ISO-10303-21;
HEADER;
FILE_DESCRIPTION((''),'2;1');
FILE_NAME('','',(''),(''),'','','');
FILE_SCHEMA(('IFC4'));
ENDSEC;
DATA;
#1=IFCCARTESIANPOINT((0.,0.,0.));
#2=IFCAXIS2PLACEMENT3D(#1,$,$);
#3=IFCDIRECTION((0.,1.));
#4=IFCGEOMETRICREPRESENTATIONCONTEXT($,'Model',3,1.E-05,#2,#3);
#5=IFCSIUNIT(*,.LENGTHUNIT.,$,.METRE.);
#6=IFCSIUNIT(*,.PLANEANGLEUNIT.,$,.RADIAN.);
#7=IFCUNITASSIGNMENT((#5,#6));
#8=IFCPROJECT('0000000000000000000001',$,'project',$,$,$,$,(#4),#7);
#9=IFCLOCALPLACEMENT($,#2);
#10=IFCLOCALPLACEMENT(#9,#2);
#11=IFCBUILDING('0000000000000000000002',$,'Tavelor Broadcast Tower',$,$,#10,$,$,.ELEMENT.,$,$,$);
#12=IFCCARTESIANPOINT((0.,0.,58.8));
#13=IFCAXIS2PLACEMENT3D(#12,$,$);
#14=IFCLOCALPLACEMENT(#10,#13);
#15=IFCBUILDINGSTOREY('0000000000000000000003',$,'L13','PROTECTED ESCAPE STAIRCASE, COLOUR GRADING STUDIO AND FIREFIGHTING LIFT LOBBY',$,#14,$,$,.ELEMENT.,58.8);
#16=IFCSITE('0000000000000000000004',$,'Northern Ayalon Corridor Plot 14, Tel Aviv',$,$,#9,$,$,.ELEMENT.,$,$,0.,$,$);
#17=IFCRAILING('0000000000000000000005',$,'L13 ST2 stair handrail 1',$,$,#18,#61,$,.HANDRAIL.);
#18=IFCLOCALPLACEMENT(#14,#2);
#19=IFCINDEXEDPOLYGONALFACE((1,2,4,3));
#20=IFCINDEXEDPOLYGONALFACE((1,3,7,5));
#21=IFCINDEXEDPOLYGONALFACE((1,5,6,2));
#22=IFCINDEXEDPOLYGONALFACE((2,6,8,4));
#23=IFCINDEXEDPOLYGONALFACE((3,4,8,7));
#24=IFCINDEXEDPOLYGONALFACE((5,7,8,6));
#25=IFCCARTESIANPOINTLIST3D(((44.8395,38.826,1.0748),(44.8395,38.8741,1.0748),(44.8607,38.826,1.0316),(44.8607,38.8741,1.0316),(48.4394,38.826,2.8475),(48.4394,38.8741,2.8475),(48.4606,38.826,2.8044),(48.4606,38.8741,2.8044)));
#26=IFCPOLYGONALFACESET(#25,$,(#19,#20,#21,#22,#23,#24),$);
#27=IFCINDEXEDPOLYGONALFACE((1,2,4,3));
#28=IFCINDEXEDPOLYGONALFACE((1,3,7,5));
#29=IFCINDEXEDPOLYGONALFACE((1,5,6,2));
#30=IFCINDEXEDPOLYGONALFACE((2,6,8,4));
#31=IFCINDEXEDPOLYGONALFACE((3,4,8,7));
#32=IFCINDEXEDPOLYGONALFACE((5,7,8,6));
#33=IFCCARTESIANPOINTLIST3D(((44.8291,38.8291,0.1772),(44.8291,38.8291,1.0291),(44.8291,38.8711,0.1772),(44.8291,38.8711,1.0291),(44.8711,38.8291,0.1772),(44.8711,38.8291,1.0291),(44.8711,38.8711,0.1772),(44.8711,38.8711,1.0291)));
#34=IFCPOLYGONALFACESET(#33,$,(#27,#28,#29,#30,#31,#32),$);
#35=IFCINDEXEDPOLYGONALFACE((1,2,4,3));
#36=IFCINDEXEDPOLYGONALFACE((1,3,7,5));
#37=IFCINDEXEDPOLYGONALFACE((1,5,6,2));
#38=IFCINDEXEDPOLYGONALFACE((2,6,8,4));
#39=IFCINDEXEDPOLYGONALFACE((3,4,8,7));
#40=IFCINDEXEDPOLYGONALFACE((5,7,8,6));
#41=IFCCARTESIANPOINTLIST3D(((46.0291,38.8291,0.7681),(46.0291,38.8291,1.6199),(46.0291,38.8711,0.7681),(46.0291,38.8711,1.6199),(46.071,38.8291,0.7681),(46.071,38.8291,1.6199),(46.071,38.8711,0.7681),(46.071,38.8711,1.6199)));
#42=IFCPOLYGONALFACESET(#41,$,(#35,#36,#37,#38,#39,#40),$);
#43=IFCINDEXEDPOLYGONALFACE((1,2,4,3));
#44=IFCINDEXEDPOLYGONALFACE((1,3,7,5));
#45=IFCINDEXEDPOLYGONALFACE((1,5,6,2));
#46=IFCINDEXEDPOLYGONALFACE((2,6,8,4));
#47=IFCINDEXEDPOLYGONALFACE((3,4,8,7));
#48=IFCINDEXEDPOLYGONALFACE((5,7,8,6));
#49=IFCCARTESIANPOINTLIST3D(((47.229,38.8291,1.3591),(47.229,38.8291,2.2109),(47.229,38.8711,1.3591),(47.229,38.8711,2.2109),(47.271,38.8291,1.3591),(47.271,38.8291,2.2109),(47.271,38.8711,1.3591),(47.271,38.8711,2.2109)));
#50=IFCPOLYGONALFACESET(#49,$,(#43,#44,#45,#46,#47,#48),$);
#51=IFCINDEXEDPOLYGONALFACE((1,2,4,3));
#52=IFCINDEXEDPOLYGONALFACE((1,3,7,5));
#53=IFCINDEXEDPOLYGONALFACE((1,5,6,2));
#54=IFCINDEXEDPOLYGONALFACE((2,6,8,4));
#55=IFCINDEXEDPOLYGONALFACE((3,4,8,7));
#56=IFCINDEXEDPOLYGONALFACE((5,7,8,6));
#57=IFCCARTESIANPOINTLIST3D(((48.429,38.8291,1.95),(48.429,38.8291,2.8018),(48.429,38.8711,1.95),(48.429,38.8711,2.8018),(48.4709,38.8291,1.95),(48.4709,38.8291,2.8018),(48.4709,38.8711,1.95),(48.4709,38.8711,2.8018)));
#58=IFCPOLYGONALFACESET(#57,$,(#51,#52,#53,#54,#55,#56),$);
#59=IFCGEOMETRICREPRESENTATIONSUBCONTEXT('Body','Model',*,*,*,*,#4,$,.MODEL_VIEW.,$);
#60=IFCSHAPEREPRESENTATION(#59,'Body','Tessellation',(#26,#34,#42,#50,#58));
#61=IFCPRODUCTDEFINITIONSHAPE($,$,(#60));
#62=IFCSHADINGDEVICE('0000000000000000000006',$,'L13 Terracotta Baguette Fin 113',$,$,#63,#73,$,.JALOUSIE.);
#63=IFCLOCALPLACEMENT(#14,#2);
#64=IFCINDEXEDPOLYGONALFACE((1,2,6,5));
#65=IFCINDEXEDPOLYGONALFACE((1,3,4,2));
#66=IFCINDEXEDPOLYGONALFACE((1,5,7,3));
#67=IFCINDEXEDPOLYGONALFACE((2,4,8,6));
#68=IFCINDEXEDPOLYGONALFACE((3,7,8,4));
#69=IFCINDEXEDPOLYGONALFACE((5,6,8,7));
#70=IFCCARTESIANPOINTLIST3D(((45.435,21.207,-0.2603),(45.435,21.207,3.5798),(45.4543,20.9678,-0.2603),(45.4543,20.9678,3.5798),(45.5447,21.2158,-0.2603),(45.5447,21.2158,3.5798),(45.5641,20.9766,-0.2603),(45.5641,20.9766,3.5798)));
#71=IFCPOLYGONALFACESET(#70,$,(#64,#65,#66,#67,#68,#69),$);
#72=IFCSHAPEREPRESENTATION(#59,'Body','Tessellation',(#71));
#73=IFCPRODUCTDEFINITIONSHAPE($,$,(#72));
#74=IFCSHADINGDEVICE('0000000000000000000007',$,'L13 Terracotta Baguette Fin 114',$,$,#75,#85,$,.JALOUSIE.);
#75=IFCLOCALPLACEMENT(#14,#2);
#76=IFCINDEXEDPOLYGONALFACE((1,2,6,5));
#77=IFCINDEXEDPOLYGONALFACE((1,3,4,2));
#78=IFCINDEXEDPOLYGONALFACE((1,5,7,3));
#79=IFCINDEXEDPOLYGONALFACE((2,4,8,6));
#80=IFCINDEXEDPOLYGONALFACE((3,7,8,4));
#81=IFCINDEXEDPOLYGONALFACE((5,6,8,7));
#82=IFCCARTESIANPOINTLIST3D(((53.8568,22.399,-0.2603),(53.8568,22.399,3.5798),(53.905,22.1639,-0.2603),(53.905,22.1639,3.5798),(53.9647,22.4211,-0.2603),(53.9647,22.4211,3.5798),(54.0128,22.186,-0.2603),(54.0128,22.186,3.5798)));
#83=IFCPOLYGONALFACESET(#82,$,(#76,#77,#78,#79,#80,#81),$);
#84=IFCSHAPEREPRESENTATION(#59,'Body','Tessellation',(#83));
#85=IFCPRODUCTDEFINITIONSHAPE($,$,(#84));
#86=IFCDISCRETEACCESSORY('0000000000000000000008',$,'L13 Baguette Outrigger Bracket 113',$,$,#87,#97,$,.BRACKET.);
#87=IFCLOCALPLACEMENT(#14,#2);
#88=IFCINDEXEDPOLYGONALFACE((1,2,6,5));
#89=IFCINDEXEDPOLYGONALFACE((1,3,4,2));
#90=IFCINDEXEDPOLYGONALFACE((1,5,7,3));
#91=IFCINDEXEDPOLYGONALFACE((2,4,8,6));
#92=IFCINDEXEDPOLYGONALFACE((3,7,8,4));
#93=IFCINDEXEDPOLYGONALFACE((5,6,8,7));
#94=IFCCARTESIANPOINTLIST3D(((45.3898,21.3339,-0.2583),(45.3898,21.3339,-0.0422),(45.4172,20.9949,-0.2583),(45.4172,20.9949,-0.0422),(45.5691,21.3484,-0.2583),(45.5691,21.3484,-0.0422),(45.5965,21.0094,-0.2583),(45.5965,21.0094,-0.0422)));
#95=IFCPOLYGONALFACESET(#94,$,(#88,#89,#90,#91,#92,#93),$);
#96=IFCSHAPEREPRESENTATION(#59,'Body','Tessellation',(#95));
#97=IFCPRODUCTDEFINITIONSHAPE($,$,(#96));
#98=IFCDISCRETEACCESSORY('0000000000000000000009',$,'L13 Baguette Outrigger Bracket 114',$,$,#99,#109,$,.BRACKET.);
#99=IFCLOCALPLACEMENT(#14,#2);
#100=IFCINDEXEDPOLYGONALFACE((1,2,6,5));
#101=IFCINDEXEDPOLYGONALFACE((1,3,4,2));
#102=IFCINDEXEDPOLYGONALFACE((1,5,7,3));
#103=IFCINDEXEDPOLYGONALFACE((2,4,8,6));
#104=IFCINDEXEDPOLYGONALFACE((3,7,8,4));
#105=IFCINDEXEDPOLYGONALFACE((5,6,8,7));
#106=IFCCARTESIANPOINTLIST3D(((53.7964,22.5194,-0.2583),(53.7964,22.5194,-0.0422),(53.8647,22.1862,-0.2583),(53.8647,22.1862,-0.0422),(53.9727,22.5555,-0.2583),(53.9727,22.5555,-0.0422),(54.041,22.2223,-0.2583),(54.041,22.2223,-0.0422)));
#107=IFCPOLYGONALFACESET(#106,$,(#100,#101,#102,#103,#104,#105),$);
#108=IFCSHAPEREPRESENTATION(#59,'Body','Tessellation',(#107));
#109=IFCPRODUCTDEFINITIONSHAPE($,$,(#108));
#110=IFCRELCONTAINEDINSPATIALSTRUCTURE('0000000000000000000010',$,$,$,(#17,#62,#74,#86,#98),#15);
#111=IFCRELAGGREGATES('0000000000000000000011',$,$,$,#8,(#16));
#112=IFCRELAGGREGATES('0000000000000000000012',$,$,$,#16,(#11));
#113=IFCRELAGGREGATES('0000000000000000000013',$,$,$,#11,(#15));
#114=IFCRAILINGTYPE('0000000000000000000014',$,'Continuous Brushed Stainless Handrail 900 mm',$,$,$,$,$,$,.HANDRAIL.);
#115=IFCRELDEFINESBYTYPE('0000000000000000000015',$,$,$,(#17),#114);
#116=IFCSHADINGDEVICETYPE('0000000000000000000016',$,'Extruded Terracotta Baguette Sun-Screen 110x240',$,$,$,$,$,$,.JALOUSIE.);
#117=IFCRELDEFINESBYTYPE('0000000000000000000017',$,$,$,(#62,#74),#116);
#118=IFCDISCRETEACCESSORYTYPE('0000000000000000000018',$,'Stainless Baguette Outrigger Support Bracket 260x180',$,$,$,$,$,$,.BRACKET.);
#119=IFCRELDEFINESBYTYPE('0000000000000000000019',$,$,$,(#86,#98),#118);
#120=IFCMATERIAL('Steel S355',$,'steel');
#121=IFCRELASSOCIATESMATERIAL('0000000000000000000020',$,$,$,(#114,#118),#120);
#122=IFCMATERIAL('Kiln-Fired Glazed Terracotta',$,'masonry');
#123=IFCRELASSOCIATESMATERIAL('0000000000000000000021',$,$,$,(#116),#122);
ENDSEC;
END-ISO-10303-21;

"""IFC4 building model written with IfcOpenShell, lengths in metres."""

from ifc_helpers import new_model, si_unit, direction, frame, origin, origin_2d, place, context, subcontext, project, spatial, rectangle, extrude, source, transform, mapped, material, type_object, type_shapes, element, save


model = new_model("IFC4")

# Units and contexts
model_context = context("Model", 3, precision=1e-05, world=origin(), true_north=direction((0.0, 1.0)))
body_context = subcontext(model_context, "Body", "Model", "MODEL_VIEW")
ifc_project = project(units=[si_unit("LENGTHUNIT", "METRE"), si_unit("PLANEANGLEUNIT", "RADIAN")], contexts=[model_context])

# Site, building, storey
site_placement = place(None, origin())
site = spatial("IfcSite", under=ifc_project, at=site_placement, Name="Northern Ayalon Corridor Plot 14, Tel Aviv", CompositionType="ELEMENT", RefElevation=0.0)
building_placement = place(site_placement, origin())
building = spatial("IfcBuilding", under=site, at=building_placement, Name="Tavelor Broadcast Tower", CompositionType="ELEMENT")
storey_placement = place(building_placement, frame((0.0, 0.0, 58.8)))
storey = spatial("IfcBuildingStorey", under=building, at=storey_placement, Name="L13", Description="PROTECTED ESCAPE STAIRCASE, COLOUR GRADING STUDIO AND FIREFIGHTING LIFT LOBBY", CompositionType="ELEMENT", Elevation=58.8)

# Shared definitions
ifc_material_1 = material(Name="Steel S355", Category="steel")

# Railing
railing_type = type_object("IfcRailingType", Name="Continuous Brushed Stainless Handrail 900 mm", PredefinedType="HANDRAIL", material=ifc_material_1)
railing_placement = place(storey_placement, frame((44.8501, 38.8501, 0.1772)))
element("IfcRailing", 1, at=railing_placement, inside=storey, type_object=railing_type, Name="L13 ST2 stair handrail 1", PredefinedType="HANDRAIL", context=body_context, shape_type="SweptSolid", body=[
    extrude(rectangle(XDim=0.0481, YDim=0.0481, at=origin_2d()), frame((0.0, 0.0, 0.876), z_axis=(0.897124, 0.0, 0.441778), x_axis=(0.0, 1.0, 0.0)), (0.0, 0.0, 1.0), 4.0127),
    extrude(rectangle(XDim=0.042, YDim=0.042, at=origin_2d()), origin(), (0.0, 0.0, 1.0), 0.8518),
    extrude(rectangle(XDim=0.042, YDim=0.042, at=origin_2d()), frame((1.2, 0.0, 0.5908)), (0.0, 0.0, 1.0), 0.8518),
    extrude(rectangle(XDim=0.042, YDim=0.042, at=origin_2d()), frame((2.3999, 0.0, 1.1819)), (0.0, 0.0, 1.0), 0.8518),
    extrude(rectangle(XDim=0.042, YDim=0.042, at=origin_2d()), frame((3.5999, 0.0, 1.7727)), (0.0, 0.0, 1.0), 0.8518),
])

# Shading devices
ifc_material_2 = material(Name="Kiln-Fired Glazed Terracotta", Category="masonry")
shading_device_type = type_object("IfcShadingDeviceType", Name="Extruded Terracotta Baguette Sun-Screen 110x240", PredefinedType="JALOUSIE", material=ifc_material_2)
shared_shape_1 = source(origin(), body_context, "Body", "SweptSolid", [
    extrude(rectangle(XDim=0.1101, YDim=0.24, at=origin_2d()), origin(), (0.0, 0.0, 1.0), 3.8401),
])
type_shapes(shading_device_type, [shared_shape_1])
for number, where, z_axis, x_axis, name in (
    (2, (45.4995, 21.0918, -0.2603), (0.0, 0.0, 1.0), (0.996751, 0.080547, 0.0), "L13 Terracotta Baguette Fin 113"),
    (3, (53.9348, 22.2925, -0.2603), (0.0, 0.0, 1.0), (0.979645, 0.200736, 0.0), "L13 Terracotta Baguette Fin 114"),
):
    element("IfcShadingDevice", number, at=place(storey_placement, frame(where, z_axis=z_axis, x_axis=x_axis)), inside=storey, type_object=shading_device_type, Name=name, PredefinedType="JALOUSIE", context=body_context, shape_type="MappedRepresentation", body=[
        mapped(shared_shape_1, transform((0.0, 0.0, 0.0), scale=1.0)),
    ])

# Discrete accessories
discrete_accessory_type = type_object("IfcDiscreteAccessoryType", Name="Stainless Baguette Outrigger Support Bracket 260x180", PredefinedType="BRACKET", material=ifc_material_1)
shared_shape_2 = source(origin(), body_context, "Body", "SweptSolid", [
    extrude(rectangle(XDim=0.1799, YDim=0.3401, at=origin_2d()), origin(), (0.0, 0.0, 1.0), 0.2161),
])
type_shapes(discrete_accessory_type, [shared_shape_2])
for number, where, z_axis, x_axis, name in (
    (4, (45.4932, 21.1716, -0.2583), (0.0, 0.0, 1.0), (0.996751, 0.080547, 0.0), "L13 Baguette Outrigger Bracket 113"),
    (5, (53.9187, 22.3708, -0.2583), (0.0, 0.0, 1.0), (0.979645, 0.200736, 0.0), "L13 Baguette Outrigger Bracket 114"),
):
    element("IfcDiscreteAccessory", number, at=place(storey_placement, frame(where, z_axis=z_axis, x_axis=x_axis)), inside=storey, type_object=discrete_accessory_type, Name=name, PredefinedType="BRACKET", context=body_context, shape_type="MappedRepresentation", body=[
        mapped(shared_shape_2, transform((0.0, 0.0, 0.0), scale=1.0)),
    ])

save(model, "model.ifc")
